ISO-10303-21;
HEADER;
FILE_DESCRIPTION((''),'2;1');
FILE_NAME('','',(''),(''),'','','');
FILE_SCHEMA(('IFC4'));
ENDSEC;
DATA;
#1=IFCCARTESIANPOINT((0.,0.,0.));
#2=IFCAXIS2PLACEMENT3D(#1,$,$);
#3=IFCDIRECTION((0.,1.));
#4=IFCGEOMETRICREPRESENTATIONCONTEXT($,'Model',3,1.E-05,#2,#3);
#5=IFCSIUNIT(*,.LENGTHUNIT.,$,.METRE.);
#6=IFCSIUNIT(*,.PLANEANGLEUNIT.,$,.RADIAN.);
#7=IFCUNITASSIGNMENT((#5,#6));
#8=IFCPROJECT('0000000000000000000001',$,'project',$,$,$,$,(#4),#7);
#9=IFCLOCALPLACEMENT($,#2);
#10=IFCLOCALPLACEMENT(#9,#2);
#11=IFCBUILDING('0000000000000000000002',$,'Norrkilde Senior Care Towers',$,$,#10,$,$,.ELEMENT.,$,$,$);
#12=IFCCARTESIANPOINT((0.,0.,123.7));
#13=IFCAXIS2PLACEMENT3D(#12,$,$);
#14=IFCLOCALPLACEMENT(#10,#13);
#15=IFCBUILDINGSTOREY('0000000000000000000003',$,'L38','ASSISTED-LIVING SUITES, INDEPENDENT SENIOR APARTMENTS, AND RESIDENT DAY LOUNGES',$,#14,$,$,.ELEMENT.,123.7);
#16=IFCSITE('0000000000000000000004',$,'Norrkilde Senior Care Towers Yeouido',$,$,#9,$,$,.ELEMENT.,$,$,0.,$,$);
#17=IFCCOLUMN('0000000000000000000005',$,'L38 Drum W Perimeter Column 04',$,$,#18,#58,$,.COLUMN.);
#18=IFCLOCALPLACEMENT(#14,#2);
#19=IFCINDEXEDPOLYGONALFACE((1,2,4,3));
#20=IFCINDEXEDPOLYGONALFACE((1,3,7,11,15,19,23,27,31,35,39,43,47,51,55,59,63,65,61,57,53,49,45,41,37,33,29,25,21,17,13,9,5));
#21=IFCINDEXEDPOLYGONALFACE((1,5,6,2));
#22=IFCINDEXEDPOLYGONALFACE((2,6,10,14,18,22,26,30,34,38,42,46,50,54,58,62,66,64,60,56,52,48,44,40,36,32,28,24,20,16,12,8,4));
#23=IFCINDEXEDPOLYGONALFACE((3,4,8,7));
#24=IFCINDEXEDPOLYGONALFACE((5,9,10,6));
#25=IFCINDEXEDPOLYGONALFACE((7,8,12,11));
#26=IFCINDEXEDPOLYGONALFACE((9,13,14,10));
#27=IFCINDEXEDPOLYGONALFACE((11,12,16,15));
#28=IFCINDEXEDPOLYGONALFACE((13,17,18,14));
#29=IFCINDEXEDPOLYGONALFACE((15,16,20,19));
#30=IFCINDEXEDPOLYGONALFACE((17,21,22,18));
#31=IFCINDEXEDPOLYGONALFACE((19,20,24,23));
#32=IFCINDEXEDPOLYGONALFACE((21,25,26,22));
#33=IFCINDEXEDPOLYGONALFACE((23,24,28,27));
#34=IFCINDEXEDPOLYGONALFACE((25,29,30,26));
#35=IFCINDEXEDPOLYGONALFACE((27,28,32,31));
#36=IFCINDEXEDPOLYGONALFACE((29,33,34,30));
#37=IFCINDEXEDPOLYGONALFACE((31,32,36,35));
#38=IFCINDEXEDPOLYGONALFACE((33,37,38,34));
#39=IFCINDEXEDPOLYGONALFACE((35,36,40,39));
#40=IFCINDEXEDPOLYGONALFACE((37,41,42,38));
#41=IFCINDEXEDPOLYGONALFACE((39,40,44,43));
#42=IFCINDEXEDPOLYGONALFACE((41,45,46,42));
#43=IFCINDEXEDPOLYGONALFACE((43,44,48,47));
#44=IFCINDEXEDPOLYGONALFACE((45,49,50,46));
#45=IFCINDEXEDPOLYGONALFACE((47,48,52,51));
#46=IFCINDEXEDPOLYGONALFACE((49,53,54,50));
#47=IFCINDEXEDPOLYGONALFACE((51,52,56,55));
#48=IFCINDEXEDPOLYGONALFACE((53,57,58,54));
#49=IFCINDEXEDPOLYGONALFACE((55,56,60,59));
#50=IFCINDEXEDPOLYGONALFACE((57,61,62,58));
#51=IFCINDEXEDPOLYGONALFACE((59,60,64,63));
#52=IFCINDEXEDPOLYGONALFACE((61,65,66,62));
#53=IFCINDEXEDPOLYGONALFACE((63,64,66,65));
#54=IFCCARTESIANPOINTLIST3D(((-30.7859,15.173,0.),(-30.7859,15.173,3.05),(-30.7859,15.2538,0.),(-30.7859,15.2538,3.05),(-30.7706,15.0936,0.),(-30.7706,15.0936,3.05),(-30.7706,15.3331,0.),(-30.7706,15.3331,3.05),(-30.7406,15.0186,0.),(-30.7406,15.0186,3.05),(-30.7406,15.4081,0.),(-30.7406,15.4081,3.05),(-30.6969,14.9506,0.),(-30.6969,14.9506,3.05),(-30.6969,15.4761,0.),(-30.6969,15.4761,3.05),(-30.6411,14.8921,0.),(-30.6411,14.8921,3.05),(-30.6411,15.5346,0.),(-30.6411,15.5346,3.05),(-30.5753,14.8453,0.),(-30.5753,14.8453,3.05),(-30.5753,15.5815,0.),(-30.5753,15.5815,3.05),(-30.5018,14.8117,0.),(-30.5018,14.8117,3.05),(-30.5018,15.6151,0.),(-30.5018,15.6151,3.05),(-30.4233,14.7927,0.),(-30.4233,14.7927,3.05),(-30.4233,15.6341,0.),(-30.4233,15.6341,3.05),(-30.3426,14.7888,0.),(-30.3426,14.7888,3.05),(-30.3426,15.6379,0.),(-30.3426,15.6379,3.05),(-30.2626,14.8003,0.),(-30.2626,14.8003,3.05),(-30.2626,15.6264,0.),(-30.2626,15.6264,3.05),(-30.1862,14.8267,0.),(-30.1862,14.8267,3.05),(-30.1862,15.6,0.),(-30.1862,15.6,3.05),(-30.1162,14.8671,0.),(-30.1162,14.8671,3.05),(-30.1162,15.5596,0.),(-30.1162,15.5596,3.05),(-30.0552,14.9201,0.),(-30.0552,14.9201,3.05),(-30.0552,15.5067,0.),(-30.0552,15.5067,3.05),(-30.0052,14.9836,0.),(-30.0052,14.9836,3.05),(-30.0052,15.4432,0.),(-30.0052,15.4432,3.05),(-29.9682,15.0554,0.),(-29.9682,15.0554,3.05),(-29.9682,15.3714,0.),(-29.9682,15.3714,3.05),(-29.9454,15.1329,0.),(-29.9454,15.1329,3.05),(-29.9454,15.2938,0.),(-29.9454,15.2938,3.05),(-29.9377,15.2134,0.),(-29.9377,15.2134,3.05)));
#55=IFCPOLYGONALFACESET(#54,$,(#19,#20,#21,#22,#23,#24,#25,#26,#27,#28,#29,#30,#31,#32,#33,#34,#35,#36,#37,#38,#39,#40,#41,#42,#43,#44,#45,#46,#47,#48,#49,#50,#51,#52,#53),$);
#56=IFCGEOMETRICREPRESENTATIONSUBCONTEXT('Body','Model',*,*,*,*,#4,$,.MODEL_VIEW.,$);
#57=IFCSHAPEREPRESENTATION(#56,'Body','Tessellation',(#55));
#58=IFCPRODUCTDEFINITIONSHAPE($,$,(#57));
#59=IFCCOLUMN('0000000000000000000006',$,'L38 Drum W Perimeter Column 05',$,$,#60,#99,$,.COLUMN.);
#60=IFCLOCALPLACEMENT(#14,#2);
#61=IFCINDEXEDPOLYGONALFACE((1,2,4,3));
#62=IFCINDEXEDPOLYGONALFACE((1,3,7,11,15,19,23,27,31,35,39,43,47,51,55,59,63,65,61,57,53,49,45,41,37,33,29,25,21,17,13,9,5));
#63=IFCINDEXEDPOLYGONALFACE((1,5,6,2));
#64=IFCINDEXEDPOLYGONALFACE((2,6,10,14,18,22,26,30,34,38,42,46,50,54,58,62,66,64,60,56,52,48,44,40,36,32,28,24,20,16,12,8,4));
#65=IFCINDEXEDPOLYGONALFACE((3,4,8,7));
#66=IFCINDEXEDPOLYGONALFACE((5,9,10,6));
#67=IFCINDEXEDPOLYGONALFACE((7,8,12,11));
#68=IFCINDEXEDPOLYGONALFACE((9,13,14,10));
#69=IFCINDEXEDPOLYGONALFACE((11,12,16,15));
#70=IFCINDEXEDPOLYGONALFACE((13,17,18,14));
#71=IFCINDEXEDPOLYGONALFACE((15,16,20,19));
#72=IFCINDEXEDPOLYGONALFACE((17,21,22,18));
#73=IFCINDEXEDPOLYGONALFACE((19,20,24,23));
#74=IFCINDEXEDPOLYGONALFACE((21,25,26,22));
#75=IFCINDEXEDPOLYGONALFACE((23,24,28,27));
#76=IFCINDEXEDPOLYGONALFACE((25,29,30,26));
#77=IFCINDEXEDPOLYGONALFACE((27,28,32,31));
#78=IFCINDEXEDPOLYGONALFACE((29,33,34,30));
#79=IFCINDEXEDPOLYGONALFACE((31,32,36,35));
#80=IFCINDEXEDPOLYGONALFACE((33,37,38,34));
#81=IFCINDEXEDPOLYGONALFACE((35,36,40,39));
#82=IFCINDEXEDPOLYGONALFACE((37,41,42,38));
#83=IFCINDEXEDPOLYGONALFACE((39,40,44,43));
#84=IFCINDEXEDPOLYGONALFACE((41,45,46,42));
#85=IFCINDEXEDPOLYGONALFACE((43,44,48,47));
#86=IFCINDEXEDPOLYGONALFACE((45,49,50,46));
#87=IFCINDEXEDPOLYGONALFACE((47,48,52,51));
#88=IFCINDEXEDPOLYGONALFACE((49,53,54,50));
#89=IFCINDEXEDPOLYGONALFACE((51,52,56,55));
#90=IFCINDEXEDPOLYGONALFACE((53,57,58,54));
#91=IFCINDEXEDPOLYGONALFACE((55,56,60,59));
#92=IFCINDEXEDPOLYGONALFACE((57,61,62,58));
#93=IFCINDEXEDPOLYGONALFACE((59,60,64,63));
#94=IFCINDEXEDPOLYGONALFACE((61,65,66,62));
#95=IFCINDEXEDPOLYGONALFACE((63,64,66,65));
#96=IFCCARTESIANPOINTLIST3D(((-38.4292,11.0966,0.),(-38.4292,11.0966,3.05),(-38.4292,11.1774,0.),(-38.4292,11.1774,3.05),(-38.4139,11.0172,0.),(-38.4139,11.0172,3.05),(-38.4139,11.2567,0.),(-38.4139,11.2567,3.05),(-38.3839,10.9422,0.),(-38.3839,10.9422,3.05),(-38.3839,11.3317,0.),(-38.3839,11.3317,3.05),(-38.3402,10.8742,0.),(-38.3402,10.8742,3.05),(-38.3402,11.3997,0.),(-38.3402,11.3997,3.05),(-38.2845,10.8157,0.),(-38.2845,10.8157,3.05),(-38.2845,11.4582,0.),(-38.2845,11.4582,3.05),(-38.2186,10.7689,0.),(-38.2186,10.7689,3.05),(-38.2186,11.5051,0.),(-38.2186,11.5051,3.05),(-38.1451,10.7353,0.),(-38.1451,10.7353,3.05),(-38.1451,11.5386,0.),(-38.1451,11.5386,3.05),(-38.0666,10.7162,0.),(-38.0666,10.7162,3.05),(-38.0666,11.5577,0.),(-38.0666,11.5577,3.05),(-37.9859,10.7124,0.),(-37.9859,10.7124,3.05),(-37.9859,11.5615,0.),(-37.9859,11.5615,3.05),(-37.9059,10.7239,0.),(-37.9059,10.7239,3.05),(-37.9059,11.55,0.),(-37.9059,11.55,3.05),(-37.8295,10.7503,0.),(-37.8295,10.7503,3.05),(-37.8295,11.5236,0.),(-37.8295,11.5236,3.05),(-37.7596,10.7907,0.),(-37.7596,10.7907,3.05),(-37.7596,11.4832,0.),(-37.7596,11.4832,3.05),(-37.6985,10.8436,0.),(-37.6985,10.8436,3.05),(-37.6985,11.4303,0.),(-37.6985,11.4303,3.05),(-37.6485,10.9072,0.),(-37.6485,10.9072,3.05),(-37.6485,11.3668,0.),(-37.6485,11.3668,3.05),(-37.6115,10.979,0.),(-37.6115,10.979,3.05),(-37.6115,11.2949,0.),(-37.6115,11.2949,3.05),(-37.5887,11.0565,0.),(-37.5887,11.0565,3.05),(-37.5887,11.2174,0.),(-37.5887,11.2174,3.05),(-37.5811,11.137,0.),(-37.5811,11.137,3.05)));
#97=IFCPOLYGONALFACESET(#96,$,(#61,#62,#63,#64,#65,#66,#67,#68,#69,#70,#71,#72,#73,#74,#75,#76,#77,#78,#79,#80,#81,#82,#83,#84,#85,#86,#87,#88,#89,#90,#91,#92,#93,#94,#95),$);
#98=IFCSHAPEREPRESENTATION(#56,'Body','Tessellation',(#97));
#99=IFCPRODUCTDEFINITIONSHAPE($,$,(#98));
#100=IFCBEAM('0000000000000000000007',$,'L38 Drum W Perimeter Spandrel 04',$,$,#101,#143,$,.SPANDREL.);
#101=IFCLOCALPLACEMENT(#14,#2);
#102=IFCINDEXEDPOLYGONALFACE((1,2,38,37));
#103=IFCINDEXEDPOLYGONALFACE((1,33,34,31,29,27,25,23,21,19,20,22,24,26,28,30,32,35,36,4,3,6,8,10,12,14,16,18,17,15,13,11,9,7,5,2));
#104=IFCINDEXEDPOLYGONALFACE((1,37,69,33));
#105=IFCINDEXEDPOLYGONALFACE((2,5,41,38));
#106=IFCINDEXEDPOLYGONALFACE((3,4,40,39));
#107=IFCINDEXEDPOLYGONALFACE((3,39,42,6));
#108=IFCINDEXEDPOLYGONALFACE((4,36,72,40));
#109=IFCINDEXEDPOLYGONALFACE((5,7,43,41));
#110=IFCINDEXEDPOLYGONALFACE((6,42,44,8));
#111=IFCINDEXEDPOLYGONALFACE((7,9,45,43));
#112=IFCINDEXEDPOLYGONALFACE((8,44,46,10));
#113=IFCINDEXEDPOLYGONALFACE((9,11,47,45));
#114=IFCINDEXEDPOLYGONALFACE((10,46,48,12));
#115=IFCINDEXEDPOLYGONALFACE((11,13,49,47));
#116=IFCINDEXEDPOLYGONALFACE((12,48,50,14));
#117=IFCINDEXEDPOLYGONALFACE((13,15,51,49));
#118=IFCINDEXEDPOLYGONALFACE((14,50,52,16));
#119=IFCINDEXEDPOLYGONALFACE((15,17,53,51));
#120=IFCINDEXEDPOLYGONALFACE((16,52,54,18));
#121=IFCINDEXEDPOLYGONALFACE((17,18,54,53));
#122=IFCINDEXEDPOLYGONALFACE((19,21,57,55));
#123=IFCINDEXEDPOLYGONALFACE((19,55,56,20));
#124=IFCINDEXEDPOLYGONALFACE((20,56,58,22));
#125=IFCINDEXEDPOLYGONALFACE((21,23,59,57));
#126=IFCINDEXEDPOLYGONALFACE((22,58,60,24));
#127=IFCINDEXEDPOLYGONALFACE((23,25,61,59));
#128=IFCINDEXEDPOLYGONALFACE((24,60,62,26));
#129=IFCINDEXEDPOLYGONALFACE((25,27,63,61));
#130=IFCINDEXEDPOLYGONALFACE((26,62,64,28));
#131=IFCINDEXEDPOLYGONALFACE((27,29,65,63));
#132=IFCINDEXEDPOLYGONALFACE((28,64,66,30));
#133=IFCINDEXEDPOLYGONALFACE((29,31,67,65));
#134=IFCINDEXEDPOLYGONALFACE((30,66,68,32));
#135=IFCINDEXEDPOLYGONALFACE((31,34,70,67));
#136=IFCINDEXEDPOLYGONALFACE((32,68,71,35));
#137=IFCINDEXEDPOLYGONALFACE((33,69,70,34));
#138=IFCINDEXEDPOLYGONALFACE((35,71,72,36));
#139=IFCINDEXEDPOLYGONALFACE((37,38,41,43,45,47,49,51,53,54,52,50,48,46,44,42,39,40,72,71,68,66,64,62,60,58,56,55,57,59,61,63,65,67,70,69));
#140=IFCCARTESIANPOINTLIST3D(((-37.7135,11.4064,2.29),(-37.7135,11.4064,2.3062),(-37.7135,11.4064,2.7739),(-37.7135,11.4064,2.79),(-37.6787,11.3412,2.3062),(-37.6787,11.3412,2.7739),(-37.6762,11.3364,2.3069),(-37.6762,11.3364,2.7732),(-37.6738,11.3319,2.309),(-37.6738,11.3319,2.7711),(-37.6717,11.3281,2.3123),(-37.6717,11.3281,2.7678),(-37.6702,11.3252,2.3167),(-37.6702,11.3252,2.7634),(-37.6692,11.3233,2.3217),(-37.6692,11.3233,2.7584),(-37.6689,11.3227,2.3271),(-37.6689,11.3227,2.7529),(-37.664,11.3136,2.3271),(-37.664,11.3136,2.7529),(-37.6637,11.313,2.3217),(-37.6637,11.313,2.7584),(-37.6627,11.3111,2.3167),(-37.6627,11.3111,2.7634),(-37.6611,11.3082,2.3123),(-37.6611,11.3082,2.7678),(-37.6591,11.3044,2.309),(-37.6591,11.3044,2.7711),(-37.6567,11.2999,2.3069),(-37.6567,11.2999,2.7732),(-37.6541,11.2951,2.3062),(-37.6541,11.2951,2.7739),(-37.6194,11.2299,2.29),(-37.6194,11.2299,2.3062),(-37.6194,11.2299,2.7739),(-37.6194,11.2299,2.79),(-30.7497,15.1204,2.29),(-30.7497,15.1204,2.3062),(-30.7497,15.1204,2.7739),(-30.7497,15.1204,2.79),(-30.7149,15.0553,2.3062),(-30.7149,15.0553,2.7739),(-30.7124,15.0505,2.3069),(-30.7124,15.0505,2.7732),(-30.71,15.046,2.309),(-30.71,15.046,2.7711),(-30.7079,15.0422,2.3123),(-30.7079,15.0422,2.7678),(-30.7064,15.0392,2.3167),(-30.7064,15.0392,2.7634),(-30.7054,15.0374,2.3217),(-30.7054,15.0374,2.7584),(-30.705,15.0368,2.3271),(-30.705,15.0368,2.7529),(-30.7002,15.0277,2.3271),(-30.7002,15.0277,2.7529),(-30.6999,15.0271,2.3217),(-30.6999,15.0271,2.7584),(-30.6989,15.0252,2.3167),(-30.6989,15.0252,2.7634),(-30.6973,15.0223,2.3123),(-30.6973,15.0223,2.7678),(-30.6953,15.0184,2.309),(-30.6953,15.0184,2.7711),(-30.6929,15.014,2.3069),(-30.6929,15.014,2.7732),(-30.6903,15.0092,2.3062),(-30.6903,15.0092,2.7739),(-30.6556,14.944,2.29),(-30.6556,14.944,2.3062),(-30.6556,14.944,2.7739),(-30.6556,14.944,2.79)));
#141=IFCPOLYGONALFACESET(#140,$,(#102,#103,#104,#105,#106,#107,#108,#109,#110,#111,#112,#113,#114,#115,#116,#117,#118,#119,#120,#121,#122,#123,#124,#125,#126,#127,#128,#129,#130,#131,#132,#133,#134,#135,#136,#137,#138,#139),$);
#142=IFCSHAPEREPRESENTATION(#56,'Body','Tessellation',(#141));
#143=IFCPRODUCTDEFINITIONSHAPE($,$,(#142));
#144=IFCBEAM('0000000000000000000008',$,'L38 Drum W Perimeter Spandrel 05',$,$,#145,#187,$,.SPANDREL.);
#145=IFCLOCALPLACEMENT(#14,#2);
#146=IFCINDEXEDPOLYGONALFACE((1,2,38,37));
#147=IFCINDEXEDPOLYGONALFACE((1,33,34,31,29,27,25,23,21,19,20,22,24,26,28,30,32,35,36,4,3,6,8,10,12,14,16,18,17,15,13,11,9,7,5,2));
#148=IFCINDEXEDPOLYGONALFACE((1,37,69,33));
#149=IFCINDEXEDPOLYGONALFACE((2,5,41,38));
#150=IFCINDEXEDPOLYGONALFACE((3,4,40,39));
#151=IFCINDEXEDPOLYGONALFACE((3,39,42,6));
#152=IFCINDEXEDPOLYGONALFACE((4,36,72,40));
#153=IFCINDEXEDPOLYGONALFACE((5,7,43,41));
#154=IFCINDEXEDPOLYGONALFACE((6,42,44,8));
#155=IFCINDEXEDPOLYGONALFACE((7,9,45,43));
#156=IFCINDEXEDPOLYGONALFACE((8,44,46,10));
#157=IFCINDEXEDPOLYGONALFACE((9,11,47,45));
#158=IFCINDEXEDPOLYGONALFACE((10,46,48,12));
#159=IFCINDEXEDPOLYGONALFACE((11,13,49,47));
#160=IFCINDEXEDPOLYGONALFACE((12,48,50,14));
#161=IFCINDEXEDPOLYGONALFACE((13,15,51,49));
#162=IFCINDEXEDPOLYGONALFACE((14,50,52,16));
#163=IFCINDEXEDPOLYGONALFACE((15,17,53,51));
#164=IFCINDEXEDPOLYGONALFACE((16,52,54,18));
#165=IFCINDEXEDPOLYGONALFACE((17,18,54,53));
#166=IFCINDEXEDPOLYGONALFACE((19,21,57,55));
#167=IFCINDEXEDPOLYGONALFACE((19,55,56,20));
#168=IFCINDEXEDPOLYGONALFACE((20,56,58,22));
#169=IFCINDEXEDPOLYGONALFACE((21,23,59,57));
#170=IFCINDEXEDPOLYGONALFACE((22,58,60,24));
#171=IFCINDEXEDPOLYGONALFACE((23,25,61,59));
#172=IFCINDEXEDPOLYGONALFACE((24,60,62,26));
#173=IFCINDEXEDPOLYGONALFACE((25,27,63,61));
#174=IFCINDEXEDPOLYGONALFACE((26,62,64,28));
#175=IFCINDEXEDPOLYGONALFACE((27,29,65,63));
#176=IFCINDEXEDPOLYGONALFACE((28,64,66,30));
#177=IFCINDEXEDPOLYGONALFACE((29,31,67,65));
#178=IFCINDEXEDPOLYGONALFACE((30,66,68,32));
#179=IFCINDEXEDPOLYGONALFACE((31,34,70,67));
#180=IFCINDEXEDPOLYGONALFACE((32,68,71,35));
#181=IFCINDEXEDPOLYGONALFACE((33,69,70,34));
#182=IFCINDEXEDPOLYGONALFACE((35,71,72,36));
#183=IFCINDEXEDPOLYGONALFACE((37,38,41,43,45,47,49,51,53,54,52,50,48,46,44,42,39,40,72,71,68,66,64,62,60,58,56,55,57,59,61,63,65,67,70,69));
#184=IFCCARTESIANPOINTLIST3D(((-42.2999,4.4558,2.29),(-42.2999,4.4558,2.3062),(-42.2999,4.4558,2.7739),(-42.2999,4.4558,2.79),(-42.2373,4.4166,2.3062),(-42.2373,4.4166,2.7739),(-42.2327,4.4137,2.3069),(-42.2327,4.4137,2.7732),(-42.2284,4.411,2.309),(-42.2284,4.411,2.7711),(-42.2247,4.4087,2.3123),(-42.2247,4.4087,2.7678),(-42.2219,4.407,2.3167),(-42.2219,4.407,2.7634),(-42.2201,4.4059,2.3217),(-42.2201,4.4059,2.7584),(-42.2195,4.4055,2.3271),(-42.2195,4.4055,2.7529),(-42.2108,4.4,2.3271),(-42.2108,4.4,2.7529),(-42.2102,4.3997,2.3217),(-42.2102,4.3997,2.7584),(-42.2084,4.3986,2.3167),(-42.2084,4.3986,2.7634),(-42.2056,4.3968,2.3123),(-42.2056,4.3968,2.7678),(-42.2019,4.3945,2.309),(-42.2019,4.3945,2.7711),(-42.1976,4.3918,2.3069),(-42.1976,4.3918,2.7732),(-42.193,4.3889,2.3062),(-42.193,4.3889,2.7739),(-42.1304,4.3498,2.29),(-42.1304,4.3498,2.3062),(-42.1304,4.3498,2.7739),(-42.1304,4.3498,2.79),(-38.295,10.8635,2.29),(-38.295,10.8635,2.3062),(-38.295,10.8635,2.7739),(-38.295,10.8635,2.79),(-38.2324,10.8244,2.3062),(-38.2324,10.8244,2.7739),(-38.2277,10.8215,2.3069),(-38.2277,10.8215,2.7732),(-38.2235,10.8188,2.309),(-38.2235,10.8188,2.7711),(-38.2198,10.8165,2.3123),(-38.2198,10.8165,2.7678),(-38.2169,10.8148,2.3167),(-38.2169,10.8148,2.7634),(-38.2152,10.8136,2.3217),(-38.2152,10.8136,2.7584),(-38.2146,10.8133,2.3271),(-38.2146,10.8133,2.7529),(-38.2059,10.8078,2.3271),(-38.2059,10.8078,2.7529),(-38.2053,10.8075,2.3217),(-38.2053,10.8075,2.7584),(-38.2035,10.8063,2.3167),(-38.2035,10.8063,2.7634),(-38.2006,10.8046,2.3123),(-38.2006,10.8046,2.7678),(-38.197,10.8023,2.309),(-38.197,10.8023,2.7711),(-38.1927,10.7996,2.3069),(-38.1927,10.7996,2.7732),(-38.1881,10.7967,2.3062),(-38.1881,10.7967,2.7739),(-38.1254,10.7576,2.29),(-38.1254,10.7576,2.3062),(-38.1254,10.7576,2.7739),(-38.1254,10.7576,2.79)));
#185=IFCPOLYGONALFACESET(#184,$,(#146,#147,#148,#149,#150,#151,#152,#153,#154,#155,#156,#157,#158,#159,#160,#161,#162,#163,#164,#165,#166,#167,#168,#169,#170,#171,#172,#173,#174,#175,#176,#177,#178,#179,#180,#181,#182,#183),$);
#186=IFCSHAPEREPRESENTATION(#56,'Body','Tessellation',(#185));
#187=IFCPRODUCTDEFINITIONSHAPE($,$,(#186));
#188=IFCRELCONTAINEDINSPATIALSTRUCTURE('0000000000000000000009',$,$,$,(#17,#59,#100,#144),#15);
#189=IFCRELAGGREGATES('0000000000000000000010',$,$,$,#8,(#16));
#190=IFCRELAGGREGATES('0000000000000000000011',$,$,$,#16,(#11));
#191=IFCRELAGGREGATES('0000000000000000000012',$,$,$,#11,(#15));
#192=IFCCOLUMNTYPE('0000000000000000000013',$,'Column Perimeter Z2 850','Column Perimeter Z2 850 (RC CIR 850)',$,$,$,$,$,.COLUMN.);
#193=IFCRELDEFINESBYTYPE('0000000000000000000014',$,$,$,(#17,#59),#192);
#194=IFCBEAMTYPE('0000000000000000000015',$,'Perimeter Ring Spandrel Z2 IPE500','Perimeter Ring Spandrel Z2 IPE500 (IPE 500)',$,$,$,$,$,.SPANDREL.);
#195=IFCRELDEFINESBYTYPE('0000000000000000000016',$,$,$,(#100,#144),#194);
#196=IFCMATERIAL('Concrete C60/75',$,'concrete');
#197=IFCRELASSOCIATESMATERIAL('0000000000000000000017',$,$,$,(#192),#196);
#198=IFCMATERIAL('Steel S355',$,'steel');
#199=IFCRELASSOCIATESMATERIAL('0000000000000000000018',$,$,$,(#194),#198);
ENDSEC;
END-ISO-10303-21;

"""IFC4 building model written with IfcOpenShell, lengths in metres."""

from ifc_helpers import new_model, si_unit, direction, frame, origin, origin_2d, place, context, subcontext, project, spatial, circle, i_section, extrude, source, transform, mapped, material, material_profile, profile_set, type_object, type_shapes, element, save


model = new_model("IFC4")

# Units and contexts
model_context = context("Model", 3, precision=1e-05, world=origin(), true_north=direction((0.0, 1.0)))
body_context = subcontext(model_context, "Body", "Model", "MODEL_VIEW")
ifc_project = project(units=[si_unit("LENGTHUNIT", "METRE"), si_unit("PLANEANGLEUNIT", "RADIAN")], contexts=[model_context])

# Site, building, storey
site_placement = place(None, origin())
site = spatial("IfcSite", under=ifc_project, at=site_placement, Name="Norrkilde Senior Care Towers Yeouido", CompositionType="ELEMENT", RefElevation=0.0)
building_placement = place(site_placement, origin())
building = spatial("IfcBuilding", under=site, at=building_placement, Name="Norrkilde Senior Care Towers", CompositionType="ELEMENT")
storey_placement = place(building_placement, frame((0.0, 0.0, 123.7)))
storey = spatial("IfcBuildingStorey", under=building, at=storey_placement, Name="L38", Description="ASSISTED-LIVING SUITES, INDEPENDENT SENIOR APARTMENTS, AND RESIDENT DAY LOUNGES", CompositionType="ELEMENT", Elevation=123.7)

# Columns
ifc_material_1 = material(Name="Concrete C60/75", Category="concrete")
ifc_material_profile_1 = material_profile(ifc_material_1, circle(Radius=0.425, at=origin_2d()), Name="RC CIR 850")
ifc_profile_set_1 = profile_set([ifc_material_profile_1], Name="Concrete C60/75")
column_type = type_object("IfcColumnType", Name="Column Perimeter Z2 850", Description="Column Perimeter Z2 850 (RC CIR 850)", PredefinedType="COLUMN", material=ifc_profile_set_1)
shared_shape_1 = source(origin(), body_context, "Body", "SweptSolid", [
    extrude(circle(Radius=0.425, at=origin_2d()), origin(), (0.0, 0.0, 1.0), 3.05),
])
type_shapes(column_type, [shared_shape_1])
for number, where, z_axis, x_axis, name in (
    (1, (-30.3628, 15.2134, 0.0), (0.0, 0.0, 1.0), (1.0, 0.0, 0.0), "L38 Drum W Perimeter Column 04"),
    (2, (-38.0061, 11.137, 0.0), (0.0, 0.0, 1.0), (1.0, 0.0, 0.0), "L38 Drum W Perimeter Column 05"),
):
    element("IfcColumn", number, at=place(storey_placement, frame(where, z_axis=z_axis, x_axis=x_axis)), inside=storey, type_object=column_type, Name=name, PredefinedType="COLUMN", context=body_context, shape_type="MappedRepresentation", body=[
        mapped(shared_shape_1, transform((0.0, 0.0, 0.0), x_axis=(1.0, 0.0, 0.0), y_axis=(0.0, 1.0, 0.0), z_axis=(0.0, 0.0, 1.0), scale=1.0)),
    ])

# Beams
ifc_material_2 = material(Name="Steel S355", Category="steel")
ifc_material_profile_2 = material_profile(ifc_material_2, i_section(OverallWidth=0.2, OverallDepth=0.5, WebThickness=0.0103, FlangeThickness=0.0161, FilletRadius=0.021, at=origin_2d()), Name="IPE 500")
ifc_profile_set_2 = profile_set([ifc_material_profile_2], Name="Steel S355")
beam_type_1 = type_object("IfcBeamType", Name="Perimeter Ring Spandrel Z2 IPE500", Description="Perimeter Ring Spandrel Z2 IPE500 (IPE 500)", PredefinedType="SPANDREL", material=ifc_profile_set_2)
shared_shape_2 = source(origin(), body_context, "Body", "SweptSolid", [
    extrude(i_section(OverallWidth=0.2, OverallDepth=0.5, WebThickness=0.0103, FlangeThickness=0.0161, FilletRadius=0.021, at=origin_2d()), origin(), (0.0, 0.0, 1.0), 7.8923),
])
beam_1_placement = place(storey_placement, frame((-30.7026, 15.0322, 2.54), z_axis=(-0.88235, -0.470593, 0.0), x_axis=(0.470593, -0.88235, 0.0)))
element("IfcBeam", 3, at=beam_1_placement, inside=storey, type_object=beam_type_1, Name="L38 Drum W Perimeter Spandrel 04", PredefinedType="SPANDREL", context=body_context, shape_type="MappedRepresentation", body=[
    mapped(shared_shape_2, transform((0.0, 0.0, 0.0), x_axis=(1.0, 0.0, 0.0), y_axis=(0.0, 1.0, 0.0), z_axis=(0.0, 0.0, 1.0), scale=1.0)),
])
shared_shape_3 = source(origin(), body_context, "Body", "SweptSolid", [
    extrude(i_section(OverallWidth=0.2, OverallDepth=0.5, WebThickness=0.0103, FlangeThickness=0.0161, FilletRadius=0.021, at=origin_2d()), origin(), (0.0, 0.0, 1.0), 7.5564),
])
type_shapes(beam_type_1, [shared_shape_2, shared_shape_3])
beam_2_placement = place(storey_placement, frame((-38.2102, 10.8105, 2.54), z_axis=(-0.530005, -0.847995, 0.0), x_axis=(0.847995, -0.530005, 0.0)))
element("IfcBeam", 4, at=beam_2_placement, inside=storey, type_object=beam_type_1, Name="L38 Drum W Perimeter Spandrel 05", PredefinedType="SPANDREL", context=body_context, shape_type="MappedRepresentation", body=[
    mapped(shared_shape_3, transform((0.0, 0.0, 0.0), x_axis=(1.0, 0.0, 0.0), y_axis=(0.0, 1.0, 0.0), z_axis=(0.0, 0.0, 1.0), scale=1.0)),
])

save(model, "model.ifc")
